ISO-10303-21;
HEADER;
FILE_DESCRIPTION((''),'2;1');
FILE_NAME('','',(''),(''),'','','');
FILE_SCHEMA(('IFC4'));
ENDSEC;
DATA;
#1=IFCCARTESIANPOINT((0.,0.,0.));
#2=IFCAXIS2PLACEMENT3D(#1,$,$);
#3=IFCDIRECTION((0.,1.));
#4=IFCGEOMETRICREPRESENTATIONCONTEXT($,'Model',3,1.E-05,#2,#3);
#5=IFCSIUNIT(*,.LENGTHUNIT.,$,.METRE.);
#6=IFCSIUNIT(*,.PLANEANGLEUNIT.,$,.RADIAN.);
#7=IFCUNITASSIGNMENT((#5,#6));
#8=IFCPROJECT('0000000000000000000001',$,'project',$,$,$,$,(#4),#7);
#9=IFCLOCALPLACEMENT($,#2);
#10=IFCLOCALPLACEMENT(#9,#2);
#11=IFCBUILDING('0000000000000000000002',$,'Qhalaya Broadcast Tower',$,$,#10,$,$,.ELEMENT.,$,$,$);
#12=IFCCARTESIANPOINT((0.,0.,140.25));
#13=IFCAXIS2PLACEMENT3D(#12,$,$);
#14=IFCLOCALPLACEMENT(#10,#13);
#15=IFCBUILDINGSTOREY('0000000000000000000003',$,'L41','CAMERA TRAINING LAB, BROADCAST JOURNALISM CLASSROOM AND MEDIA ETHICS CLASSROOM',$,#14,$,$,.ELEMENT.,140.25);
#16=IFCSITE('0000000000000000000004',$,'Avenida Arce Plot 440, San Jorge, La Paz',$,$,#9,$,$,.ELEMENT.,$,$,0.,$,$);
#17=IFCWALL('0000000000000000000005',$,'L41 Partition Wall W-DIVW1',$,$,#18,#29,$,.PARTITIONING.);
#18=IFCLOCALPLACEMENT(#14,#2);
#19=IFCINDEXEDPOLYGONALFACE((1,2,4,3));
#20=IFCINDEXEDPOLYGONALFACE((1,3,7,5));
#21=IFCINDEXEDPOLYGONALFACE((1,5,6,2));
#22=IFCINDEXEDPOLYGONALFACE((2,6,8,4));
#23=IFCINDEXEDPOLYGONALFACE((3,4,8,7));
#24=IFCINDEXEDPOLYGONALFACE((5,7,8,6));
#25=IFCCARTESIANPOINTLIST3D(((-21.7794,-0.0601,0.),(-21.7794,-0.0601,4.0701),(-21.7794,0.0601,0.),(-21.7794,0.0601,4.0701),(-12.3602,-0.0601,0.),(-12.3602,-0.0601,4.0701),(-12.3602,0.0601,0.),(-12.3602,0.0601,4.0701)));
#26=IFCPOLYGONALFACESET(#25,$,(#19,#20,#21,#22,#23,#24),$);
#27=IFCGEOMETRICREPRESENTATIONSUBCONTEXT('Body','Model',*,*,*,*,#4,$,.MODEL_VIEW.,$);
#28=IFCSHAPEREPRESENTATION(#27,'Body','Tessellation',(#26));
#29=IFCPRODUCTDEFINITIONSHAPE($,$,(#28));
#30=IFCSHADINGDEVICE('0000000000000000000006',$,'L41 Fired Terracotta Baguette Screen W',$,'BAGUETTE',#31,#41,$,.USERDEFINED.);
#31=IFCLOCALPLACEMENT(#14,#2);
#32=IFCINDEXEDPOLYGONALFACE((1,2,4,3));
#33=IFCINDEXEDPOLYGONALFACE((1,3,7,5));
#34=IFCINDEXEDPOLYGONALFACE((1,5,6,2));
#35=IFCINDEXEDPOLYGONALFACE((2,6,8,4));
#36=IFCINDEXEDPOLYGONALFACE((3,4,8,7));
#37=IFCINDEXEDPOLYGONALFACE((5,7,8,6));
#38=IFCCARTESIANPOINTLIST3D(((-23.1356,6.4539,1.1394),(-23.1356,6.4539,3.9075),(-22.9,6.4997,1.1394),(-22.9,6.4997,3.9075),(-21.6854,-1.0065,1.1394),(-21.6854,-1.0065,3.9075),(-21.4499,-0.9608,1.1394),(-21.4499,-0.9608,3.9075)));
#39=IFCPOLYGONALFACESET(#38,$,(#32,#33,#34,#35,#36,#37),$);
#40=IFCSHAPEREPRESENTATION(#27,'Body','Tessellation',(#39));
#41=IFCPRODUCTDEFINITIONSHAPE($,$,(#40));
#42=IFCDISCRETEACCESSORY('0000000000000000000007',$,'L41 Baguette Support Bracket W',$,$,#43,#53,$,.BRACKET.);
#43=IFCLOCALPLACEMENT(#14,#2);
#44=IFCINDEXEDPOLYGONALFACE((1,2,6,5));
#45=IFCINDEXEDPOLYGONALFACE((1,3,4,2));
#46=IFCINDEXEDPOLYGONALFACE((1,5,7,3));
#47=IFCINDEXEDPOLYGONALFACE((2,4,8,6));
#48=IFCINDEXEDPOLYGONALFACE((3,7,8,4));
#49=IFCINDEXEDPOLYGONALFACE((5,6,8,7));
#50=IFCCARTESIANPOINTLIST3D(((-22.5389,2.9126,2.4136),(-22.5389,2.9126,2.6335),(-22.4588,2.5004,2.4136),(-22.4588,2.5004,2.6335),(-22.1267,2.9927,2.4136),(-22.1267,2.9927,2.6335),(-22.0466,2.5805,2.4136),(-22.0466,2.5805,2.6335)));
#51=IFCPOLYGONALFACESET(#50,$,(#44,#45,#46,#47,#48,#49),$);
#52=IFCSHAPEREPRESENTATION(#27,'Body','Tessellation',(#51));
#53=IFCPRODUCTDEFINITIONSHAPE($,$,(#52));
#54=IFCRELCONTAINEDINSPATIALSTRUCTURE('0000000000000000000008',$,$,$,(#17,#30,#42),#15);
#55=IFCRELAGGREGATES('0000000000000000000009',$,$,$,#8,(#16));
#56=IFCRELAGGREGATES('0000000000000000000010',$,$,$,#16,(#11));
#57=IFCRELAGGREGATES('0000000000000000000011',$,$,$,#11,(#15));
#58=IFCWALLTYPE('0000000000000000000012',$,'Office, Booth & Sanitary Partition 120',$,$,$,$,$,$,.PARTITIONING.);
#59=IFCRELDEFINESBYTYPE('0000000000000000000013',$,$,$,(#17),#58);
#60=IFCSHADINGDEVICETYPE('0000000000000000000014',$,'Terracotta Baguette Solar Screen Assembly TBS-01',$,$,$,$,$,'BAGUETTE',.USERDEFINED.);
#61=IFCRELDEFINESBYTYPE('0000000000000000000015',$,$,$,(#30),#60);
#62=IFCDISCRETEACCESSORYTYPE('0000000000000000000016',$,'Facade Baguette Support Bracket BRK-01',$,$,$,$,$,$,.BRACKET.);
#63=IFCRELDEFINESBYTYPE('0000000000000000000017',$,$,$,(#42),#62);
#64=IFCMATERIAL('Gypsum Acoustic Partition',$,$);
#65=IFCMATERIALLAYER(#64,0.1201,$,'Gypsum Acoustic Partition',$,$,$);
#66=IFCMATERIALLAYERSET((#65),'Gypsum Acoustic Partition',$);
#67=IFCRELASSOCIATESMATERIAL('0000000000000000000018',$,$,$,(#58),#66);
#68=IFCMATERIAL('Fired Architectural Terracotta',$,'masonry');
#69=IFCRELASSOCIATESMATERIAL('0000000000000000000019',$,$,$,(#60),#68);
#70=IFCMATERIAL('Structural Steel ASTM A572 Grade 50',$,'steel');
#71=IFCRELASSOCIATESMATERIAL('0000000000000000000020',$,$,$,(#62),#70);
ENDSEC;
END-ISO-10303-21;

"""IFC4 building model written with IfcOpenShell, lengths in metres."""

from ifc_helpers import new_model, si_unit, direction, frame, frame_2d, origin, origin_2d, place, context, subcontext, project, spatial, rectangle, extrude, material, layer, layer_set, type_object, element, save


model = new_model("IFC4")

# Units and contexts
model_context = context("Model", 3, precision=1e-05, world=origin(), true_north=direction((0.0, 1.0)))
body_context = subcontext(model_context, "Body", "Model", "MODEL_VIEW")
ifc_project = project(units=[si_unit("LENGTHUNIT", "METRE"), si_unit("PLANEANGLEUNIT", "RADIAN")], contexts=[model_context])

# Site, building, storey
site_placement = place(None, origin())
site = spatial("IfcSite", under=ifc_project, at=site_placement, Name="Avenida Arce Plot 440, San Jorge, La Paz", CompositionType="ELEMENT", RefElevation=0.0)
building_placement = place(site_placement, origin())
building = spatial("IfcBuilding", under=site, at=building_placement, Name="Qhalaya Broadcast Tower", CompositionType="ELEMENT")
storey_placement = place(building_placement, frame((0.0, 0.0, 140.25)))
storey = spatial("IfcBuildingStorey", under=building, at=storey_placement, Name="L41", Description="CAMERA TRAINING LAB, BROADCAST JOURNALISM CLASSROOM AND MEDIA ETHICS CLASSROOM", CompositionType="ELEMENT", Elevation=140.25)

# Shared definitions
ifc_material_1 = material(Name="Structural Steel ASTM A572 Grade 50", Category="steel")

# Shared definitions
ifc_material_2 = material(Name="Fired Architectural Terracotta", Category="masonry")

# Shared definitions
ifc_material_3 = material(Name="Gypsum Acoustic Partition")

# Wall
ifc_layer_1 = layer(ifc_material_3, 0.1201, Name="Gypsum Acoustic Partition")
ifc_layer_set_1 = layer_set([ifc_layer_1], Name="Gypsum Acoustic Partition")
wall_type_1 = type_object("IfcWallType", Name="Office, Booth & Sanitary Partition 120", PredefinedType="PARTITIONING", material=ifc_layer_set_1)
wall_1_placement = place(storey_placement, frame((-21.7793, 0.0, 0.0), z_axis=(0.0, 0.0, 1.0), x_axis=(1.0, 0.0, 0.0)))
element("IfcWall", 1, at=wall_1_placement, inside=storey, type_object=wall_type_1, Name="L41 Partition Wall W-DIVW1", PredefinedType="PARTITIONING", context=body_context, shape_type="SweptSolid", body=[
    extrude(rectangle(XDim=9.4192, YDim=0.1201, at=frame_2d((4.7095, 0.0))), origin(), (0.0, 0.0, 1.0), 4.0701),
])

# Shading device
shading_device_type = type_object("IfcShadingDeviceType", Name="Terracotta Baguette Solar Screen Assembly TBS-01", ElementType="BAGUETTE", PredefinedType="USERDEFINED", material=ifc_material_2)
shading_device_placement = place(storey_placement, frame((-22.2927, 2.7466, 1.1394), z_axis=(0.0, 0.0, 1.0), x_axis=(0.190809, -0.981627, 0.0)))
element("IfcShadingDevice", 2, at=shading_device_placement, inside=storey, type_object=shading_device_type, Name="L41 Fired Terracotta Baguette Screen W", ObjectType="BAGUETTE", PredefinedType="USERDEFINED", context=body_context, shape_type="SweptSolid", body=[
    extrude(rectangle(XDim=7.6001, YDim=0.24, at=origin_2d()), origin(), (0.0, 0.0, 1.0), 2.7681),
])

# Discrete accessory
discrete_accessory_type = type_object("IfcDiscreteAccessoryType", Name="Facade Baguette Support Bracket BRK-01", PredefinedType="BRACKET", material=ifc_material_1)
discrete_accessory_placement = place(storey_placement, frame((-22.2927, 2.7466, 2.4136), z_axis=(0.0, 0.0, 1.0), x_axis=(0.190809, -0.981627, 0.0)))
element("IfcDiscreteAccessory", 3, at=discrete_accessory_placement, inside=storey, type_object=discrete_accessory_type, Name="L41 Baguette Support Bracket W", PredefinedType="BRACKET", context=body_context, shape_type="SweptSolid", body=[
    extrude(rectangle(XDim=0.4199, YDim=0.4199, at=origin_2d()), origin(), (0.0, 0.0, 1.0), 0.22),
])

save(model, "model.ifc")
